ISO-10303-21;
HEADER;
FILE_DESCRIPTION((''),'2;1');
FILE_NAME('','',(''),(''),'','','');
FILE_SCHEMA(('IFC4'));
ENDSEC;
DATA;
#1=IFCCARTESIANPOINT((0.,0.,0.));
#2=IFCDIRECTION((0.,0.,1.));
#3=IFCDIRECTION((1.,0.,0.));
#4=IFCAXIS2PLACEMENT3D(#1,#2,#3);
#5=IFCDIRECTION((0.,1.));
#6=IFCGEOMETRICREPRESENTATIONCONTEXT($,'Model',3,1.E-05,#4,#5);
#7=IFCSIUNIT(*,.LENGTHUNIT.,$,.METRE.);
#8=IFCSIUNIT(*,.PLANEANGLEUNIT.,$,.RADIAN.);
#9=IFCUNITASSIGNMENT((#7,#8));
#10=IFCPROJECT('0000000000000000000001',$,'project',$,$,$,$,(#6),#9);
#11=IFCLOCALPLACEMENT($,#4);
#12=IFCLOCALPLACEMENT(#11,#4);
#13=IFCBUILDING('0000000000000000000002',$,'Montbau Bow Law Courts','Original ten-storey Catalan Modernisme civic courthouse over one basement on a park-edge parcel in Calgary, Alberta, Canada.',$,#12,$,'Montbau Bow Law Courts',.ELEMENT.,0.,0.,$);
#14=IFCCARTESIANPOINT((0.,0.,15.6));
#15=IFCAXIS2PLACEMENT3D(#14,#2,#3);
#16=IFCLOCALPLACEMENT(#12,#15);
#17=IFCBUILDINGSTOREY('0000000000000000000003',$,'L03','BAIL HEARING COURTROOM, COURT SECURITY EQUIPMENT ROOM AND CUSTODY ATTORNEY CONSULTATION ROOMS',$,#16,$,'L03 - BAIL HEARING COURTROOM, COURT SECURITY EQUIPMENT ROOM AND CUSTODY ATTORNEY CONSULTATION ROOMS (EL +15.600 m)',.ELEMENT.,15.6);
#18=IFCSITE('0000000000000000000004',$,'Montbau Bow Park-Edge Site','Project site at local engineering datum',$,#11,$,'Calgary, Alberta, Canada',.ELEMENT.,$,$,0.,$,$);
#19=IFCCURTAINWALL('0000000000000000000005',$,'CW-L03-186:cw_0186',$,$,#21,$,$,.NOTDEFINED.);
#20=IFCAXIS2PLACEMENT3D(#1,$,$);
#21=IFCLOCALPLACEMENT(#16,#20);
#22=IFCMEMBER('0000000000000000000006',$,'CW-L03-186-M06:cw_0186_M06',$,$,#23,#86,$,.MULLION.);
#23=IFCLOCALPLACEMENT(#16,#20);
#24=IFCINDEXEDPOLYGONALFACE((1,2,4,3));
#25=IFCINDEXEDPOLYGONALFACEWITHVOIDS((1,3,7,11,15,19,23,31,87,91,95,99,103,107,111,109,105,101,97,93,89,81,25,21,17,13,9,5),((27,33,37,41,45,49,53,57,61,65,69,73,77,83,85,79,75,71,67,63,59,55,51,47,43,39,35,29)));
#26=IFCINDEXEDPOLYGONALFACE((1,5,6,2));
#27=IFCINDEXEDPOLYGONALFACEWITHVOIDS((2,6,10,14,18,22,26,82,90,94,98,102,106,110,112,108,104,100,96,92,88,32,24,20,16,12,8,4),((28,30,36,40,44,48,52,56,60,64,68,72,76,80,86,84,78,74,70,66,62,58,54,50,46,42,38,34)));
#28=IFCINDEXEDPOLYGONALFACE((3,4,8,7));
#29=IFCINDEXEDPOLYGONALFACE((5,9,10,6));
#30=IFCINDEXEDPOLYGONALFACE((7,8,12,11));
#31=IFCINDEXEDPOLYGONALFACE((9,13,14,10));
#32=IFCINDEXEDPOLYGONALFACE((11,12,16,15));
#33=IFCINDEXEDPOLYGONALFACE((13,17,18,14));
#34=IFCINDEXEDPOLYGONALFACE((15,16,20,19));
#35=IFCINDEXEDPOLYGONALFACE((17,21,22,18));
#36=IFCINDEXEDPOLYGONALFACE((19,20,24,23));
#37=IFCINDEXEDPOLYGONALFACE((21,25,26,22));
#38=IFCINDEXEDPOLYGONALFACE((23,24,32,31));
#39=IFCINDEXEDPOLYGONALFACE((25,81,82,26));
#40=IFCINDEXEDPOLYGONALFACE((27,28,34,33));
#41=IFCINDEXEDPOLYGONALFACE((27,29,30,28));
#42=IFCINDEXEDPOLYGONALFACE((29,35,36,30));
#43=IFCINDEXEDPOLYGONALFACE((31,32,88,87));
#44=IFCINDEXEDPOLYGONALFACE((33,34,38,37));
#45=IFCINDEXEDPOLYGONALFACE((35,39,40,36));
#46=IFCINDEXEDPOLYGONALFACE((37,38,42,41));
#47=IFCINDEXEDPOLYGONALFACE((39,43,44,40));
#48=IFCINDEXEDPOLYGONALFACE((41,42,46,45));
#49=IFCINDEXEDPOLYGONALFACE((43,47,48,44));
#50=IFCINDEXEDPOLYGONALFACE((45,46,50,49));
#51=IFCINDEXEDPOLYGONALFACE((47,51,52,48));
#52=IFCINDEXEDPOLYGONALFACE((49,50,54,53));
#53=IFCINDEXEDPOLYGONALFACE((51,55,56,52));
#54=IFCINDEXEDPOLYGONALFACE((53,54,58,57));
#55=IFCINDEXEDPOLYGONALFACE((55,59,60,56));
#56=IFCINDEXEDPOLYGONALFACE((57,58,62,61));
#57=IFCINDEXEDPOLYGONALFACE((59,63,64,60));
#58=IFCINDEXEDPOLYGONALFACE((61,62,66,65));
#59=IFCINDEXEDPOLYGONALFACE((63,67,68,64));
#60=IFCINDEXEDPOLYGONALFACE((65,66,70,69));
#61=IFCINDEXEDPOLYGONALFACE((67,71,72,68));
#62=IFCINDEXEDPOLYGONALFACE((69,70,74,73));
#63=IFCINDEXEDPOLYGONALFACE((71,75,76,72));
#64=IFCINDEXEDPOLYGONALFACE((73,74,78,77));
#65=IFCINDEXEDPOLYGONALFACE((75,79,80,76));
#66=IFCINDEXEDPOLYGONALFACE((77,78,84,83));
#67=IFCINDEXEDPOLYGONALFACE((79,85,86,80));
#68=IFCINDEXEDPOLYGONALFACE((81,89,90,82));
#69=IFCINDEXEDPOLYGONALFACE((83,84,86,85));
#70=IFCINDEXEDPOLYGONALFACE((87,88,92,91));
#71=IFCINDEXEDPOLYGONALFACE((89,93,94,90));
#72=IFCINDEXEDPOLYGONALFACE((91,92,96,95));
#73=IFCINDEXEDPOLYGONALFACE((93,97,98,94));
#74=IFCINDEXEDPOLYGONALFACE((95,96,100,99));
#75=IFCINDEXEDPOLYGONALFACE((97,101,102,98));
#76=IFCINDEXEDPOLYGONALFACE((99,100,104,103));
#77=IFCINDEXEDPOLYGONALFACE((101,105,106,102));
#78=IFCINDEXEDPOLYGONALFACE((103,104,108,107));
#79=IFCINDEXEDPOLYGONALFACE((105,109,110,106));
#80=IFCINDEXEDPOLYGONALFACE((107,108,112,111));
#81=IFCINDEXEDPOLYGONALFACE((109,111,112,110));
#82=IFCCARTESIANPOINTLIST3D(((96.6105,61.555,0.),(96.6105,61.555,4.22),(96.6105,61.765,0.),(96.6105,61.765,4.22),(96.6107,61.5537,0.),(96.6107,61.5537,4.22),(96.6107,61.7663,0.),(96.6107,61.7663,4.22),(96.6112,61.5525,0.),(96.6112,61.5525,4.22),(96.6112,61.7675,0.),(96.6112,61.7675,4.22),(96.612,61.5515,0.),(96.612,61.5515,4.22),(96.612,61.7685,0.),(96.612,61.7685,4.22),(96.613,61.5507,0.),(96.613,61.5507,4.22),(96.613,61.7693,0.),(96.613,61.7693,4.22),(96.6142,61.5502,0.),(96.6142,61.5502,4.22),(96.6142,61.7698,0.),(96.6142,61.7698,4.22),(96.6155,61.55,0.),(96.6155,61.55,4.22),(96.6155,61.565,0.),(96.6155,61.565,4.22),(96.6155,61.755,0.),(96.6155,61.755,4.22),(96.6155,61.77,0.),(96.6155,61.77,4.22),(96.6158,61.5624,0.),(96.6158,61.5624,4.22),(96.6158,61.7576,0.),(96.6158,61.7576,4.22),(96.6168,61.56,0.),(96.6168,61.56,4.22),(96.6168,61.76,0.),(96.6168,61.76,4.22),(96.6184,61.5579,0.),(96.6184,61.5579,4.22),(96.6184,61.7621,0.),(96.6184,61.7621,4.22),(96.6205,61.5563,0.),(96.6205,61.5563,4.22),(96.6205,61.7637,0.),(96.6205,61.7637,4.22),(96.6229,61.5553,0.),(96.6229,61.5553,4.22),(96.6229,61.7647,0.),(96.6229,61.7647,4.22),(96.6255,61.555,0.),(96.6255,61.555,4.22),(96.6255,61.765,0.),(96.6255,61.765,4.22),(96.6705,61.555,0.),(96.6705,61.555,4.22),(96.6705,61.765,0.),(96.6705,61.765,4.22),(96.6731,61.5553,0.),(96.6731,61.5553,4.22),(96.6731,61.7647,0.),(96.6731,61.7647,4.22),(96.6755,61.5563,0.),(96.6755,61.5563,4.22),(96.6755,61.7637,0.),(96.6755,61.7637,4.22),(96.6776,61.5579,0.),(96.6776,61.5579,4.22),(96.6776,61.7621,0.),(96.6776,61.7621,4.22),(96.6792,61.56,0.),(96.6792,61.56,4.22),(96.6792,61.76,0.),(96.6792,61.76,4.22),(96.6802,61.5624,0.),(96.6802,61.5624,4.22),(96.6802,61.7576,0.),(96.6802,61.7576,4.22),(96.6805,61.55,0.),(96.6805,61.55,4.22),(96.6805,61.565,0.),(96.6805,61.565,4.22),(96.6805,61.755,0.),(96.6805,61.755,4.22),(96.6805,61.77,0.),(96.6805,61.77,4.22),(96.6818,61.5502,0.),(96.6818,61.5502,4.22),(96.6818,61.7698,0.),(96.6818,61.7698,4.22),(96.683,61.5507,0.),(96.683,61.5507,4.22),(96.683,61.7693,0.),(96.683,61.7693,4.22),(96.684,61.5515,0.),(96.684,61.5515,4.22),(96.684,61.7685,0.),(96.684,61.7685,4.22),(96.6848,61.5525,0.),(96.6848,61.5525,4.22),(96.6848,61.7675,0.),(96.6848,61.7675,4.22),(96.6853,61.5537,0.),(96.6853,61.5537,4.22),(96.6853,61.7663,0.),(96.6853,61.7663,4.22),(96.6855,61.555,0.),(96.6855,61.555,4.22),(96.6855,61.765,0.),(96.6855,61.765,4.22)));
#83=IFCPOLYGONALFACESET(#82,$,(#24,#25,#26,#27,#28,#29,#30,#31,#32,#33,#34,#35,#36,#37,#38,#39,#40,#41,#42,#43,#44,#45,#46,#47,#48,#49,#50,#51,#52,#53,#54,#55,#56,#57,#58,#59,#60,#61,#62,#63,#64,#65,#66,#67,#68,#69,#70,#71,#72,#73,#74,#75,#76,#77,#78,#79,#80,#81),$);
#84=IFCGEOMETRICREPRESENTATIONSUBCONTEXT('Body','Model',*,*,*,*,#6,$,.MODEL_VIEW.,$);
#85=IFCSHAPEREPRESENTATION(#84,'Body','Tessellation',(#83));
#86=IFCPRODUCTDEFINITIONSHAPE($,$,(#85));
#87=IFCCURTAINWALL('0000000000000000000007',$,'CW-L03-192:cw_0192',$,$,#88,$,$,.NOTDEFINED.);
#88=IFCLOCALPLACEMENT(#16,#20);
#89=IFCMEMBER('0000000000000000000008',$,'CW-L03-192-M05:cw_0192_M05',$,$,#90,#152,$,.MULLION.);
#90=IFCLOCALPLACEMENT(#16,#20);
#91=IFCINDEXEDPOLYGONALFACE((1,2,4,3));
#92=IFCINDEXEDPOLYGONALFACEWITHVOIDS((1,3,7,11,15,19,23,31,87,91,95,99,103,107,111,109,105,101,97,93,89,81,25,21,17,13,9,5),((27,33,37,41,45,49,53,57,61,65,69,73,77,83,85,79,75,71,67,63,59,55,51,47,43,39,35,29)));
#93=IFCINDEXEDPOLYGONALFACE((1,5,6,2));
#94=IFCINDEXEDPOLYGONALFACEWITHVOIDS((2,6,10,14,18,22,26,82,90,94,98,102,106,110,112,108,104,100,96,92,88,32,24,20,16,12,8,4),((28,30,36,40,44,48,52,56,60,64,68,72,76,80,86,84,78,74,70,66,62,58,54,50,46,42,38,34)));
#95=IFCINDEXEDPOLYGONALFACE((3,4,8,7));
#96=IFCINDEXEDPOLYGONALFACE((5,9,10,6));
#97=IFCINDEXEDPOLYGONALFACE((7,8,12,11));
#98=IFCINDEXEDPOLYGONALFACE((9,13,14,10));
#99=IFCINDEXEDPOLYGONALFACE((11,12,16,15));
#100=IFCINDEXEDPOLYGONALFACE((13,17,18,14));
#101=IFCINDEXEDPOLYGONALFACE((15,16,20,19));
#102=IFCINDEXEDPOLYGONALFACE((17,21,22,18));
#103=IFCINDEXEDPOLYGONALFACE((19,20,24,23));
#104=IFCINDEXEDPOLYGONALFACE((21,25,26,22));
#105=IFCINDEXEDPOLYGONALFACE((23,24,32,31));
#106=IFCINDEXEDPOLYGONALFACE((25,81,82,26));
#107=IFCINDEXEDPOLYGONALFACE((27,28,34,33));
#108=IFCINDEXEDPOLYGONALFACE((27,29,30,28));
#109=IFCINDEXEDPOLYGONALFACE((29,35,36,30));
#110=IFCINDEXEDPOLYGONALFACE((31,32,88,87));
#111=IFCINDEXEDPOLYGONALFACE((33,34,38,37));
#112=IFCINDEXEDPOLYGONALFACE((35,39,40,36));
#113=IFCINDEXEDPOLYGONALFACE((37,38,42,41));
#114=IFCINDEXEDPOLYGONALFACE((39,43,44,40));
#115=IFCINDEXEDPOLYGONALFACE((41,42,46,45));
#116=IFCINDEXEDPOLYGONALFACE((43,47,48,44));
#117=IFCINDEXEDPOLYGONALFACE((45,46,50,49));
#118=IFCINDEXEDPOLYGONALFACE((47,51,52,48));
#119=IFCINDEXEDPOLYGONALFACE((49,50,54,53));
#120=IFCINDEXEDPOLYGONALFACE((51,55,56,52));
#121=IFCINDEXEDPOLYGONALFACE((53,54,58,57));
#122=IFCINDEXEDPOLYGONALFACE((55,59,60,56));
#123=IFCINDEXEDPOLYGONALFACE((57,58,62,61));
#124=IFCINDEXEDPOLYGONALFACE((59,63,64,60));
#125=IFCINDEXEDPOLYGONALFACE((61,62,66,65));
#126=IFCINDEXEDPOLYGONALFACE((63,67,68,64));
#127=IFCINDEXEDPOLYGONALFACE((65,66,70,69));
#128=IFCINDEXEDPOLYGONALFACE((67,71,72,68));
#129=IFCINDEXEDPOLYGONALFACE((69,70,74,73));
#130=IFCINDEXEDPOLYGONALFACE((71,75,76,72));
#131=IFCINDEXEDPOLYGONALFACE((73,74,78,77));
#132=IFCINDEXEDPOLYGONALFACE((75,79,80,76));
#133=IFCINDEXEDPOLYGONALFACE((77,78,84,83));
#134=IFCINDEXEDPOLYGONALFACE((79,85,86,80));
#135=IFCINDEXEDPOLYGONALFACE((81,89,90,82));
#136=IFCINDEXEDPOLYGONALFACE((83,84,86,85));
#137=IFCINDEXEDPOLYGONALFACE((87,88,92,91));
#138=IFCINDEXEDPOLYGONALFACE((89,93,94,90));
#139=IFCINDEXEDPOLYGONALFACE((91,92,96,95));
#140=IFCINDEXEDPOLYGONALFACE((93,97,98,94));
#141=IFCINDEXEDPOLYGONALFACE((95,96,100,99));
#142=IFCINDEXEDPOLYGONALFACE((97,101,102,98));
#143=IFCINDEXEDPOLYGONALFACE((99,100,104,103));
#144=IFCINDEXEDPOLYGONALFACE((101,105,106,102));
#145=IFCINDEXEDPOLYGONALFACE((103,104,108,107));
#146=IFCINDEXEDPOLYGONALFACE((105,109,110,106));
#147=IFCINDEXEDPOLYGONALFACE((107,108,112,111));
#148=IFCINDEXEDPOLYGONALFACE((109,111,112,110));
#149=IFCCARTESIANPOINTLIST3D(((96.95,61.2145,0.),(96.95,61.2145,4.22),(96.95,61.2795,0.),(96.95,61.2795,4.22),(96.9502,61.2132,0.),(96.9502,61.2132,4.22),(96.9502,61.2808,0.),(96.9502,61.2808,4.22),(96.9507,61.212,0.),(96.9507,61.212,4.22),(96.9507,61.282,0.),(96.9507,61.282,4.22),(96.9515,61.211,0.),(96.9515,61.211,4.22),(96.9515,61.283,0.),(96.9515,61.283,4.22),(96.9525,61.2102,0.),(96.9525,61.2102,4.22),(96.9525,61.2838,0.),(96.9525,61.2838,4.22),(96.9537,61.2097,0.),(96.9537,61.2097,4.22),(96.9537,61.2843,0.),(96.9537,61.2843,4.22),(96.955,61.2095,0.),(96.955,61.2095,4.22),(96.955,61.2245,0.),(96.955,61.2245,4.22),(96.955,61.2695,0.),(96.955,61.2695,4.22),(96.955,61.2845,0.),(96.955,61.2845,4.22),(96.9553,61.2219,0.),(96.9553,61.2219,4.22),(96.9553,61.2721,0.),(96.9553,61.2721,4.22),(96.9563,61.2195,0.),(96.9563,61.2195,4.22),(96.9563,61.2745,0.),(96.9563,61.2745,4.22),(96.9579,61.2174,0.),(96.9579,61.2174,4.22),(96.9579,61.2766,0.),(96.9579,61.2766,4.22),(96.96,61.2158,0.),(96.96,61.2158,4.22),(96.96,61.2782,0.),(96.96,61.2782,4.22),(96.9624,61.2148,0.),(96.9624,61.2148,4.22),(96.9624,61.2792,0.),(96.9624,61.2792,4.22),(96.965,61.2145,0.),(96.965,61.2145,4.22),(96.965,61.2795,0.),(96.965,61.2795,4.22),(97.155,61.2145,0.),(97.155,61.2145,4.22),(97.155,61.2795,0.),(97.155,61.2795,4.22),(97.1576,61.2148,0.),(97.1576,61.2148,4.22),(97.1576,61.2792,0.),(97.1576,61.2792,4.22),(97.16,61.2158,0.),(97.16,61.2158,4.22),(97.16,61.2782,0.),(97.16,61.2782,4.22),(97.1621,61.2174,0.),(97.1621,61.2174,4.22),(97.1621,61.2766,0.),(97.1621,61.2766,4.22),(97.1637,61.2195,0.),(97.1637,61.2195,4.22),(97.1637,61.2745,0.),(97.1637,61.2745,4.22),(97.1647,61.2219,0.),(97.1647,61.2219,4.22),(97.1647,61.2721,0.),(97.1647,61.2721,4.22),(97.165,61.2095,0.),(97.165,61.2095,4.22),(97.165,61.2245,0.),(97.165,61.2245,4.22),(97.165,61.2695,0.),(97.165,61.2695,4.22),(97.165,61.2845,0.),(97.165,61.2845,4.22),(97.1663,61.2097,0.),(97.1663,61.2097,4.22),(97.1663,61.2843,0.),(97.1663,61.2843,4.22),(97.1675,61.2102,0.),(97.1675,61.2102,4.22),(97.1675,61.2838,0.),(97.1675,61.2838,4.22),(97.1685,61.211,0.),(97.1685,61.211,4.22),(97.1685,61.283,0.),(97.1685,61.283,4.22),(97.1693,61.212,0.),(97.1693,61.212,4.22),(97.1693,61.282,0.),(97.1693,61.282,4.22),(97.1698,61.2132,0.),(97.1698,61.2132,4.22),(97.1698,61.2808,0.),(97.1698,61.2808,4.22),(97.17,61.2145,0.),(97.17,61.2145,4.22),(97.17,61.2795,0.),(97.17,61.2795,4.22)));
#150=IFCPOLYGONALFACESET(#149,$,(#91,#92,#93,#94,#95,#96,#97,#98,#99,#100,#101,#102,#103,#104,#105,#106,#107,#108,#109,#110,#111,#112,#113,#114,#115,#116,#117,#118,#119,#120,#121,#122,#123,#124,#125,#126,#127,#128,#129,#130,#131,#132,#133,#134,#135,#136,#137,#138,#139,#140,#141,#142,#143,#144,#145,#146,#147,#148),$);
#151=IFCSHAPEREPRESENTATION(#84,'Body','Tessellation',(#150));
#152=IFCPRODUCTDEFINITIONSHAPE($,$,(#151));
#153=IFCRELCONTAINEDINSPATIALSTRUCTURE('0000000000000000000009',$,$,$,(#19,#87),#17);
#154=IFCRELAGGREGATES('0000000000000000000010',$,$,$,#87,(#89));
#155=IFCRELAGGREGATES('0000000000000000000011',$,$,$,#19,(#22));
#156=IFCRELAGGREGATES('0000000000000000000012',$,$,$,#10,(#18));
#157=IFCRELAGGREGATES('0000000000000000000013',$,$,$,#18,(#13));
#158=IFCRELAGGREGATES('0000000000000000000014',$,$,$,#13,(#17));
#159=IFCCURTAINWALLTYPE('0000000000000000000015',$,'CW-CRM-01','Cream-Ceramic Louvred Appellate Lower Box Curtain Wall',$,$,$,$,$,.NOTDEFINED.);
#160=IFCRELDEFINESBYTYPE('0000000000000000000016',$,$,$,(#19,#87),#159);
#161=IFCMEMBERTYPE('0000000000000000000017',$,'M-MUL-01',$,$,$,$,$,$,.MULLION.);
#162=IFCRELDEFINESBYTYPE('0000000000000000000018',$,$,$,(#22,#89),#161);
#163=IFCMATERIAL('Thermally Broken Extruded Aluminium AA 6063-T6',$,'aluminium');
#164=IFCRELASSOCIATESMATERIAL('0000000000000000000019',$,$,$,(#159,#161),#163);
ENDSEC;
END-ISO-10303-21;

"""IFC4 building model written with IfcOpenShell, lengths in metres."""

from ifc_helpers import new_model, si_unit, direction, frame, origin_with_axes, origin_2d_with_axis, place, context, subcontext, project, spatial, hollow_rectangle, extrude, material, material_profile, profile_set, type_object, element, aggregate, save


model = new_model("IFC4")

# Units and contexts
model_context = context("Model", 3, precision=1e-05, world=origin_with_axes(), true_north=direction((0.0, 1.0)))
body_context = subcontext(model_context, "Body", "Model", "MODEL_VIEW")
ifc_project = project(units=[si_unit("LENGTHUNIT", "METRE"), si_unit("PLANEANGLEUNIT", "RADIAN")], contexts=[model_context])

# Site, building, storey
site_placement = place(None, origin_with_axes())
site = spatial("IfcSite", under=ifc_project, at=site_placement, Name="Montbau Bow Park-Edge Site", Description="Project site at local engineering datum", LongName="Calgary, Alberta, Canada", CompositionType="ELEMENT", RefElevation=0.0)
building_placement = place(site_placement, origin_with_axes())
building = spatial("IfcBuilding", under=site, at=building_placement, Name="Montbau Bow Law Courts", Description="Original ten-storey Catalan Modernisme civic courthouse over one basement on a park-edge parcel in Calgary, Alberta, Canada.", LongName="Montbau Bow Law Courts", CompositionType="ELEMENT", ElevationOfRefHeight=0.0, ElevationOfTerrain=0.0)
storey_placement = place(building_placement, frame((0.0, 0.0, 15.6), z_axis=(0.0, 0.0, 1.0), x_axis=(1.0, 0.0, 0.0)))
storey = spatial("IfcBuildingStorey", under=building, at=storey_placement, Name="L03", Description="BAIL HEARING COURTROOM, COURT SECURITY EQUIPMENT ROOM AND CUSTODY ATTORNEY CONSULTATION ROOMS", LongName="L03 - BAIL HEARING COURTROOM, COURT SECURITY EQUIPMENT ROOM AND CUSTODY ATTORNEY CONSULTATION ROOMS (EL +15.600 m)", CompositionType="ELEMENT", Elevation=15.6)

# Curtain wall, member
ifc_material_1 = material(Name="Thermally Broken Extruded Aluminium AA 6063-T6", Category="aluminium")
curtain_wall_type = type_object("IfcCurtainWallType", Name="CW-CRM-01", Description="Cream-Ceramic Louvred Appellate Lower Box Curtain Wall", PredefinedType="NOTDEFINED", material=ifc_material_1)
curtain_wall_1_placement = place(None, frame((89.315, 61.66, 15.6), z_axis=(0.0, 0.0, 1.0), x_axis=(1.0, 0.0, 0.0)))
curtain_wall_1 = element("IfcCurtainWall", 1, at=curtain_wall_1_placement, inside=storey, type_object=curtain_wall_type, Name="CW-L03-186:cw_0186", PredefinedType="NOTDEFINED")
ifc_material_profile_1 = material_profile(ifc_material_1, hollow_rectangle(XDim=0.075, YDim=0.22, WallThickness=0.005, InnerFilletRadius=0.01, OuterFilletRadius=0.005, at=origin_2d_with_axis()), Name="CWM-220X75", Category="Main", Priority=0)
ifc_profile_set_1 = profile_set([ifc_material_profile_1], Name="Thermally Broken Extruded Aluminium AA 6063-T6")
member_type_1 = type_object("IfcMemberType", Name="M-MUL-01", PredefinedType="MULLION", material=ifc_profile_set_1)
member_1_placement = place(None, frame((96.648, 61.66, 15.6), z_axis=(0.0, 0.0, 1.0), x_axis=(1.0, 0.0, 0.0)))
member_1 = element("IfcMember", 2, at=member_1_placement, type_object=member_type_1, Name="CW-L03-186-M06:cw_0186_M06", PredefinedType="MULLION", context=body_context, shape_type="SweptSolid", body=[
    extrude(hollow_rectangle(XDim=0.075, YDim=0.22, WallThickness=0.005, InnerFilletRadius=0.01, OuterFilletRadius=0.005, at=origin_2d_with_axis()), origin_with_axes(), (0.0, 0.0, 1.0), 4.22),
])

# Curtain wall, member
curtain_wall_2_placement = place(None, frame((97.06, 55.115, 15.6), z_axis=(0.0, 0.0, 1.0), x_axis=(1.0, 0.0, 0.0)))
curtain_wall_2 = element("IfcCurtainWall", 3, at=curtain_wall_2_placement, inside=storey, type_object=curtain_wall_type, Name="CW-L03-192:cw_0192", PredefinedType="NOTDEFINED")
member_2_placement = place(None, frame((97.06, 61.247, 15.6), z_axis=(0.0, 0.0, 1.0), x_axis=(0.0, 1.0, 0.0)))
member_2 = element("IfcMember", 4, at=member_2_placement, type_object=member_type_1, Name="CW-L03-192-M05:cw_0192_M05", PredefinedType="MULLION", context=body_context, shape_type="SweptSolid", body=[
    extrude(hollow_rectangle(XDim=0.075, YDim=0.22, WallThickness=0.005, InnerFilletRadius=0.01, OuterFilletRadius=0.005, at=origin_2d_with_axis()), origin_with_axes(), (0.0, 0.0, 1.0), 4.22),
])
aggregate(curtain_wall_2, [member_2])

aggregate(curtain_wall_1, [member_1])

save(model, "model.ifc")
